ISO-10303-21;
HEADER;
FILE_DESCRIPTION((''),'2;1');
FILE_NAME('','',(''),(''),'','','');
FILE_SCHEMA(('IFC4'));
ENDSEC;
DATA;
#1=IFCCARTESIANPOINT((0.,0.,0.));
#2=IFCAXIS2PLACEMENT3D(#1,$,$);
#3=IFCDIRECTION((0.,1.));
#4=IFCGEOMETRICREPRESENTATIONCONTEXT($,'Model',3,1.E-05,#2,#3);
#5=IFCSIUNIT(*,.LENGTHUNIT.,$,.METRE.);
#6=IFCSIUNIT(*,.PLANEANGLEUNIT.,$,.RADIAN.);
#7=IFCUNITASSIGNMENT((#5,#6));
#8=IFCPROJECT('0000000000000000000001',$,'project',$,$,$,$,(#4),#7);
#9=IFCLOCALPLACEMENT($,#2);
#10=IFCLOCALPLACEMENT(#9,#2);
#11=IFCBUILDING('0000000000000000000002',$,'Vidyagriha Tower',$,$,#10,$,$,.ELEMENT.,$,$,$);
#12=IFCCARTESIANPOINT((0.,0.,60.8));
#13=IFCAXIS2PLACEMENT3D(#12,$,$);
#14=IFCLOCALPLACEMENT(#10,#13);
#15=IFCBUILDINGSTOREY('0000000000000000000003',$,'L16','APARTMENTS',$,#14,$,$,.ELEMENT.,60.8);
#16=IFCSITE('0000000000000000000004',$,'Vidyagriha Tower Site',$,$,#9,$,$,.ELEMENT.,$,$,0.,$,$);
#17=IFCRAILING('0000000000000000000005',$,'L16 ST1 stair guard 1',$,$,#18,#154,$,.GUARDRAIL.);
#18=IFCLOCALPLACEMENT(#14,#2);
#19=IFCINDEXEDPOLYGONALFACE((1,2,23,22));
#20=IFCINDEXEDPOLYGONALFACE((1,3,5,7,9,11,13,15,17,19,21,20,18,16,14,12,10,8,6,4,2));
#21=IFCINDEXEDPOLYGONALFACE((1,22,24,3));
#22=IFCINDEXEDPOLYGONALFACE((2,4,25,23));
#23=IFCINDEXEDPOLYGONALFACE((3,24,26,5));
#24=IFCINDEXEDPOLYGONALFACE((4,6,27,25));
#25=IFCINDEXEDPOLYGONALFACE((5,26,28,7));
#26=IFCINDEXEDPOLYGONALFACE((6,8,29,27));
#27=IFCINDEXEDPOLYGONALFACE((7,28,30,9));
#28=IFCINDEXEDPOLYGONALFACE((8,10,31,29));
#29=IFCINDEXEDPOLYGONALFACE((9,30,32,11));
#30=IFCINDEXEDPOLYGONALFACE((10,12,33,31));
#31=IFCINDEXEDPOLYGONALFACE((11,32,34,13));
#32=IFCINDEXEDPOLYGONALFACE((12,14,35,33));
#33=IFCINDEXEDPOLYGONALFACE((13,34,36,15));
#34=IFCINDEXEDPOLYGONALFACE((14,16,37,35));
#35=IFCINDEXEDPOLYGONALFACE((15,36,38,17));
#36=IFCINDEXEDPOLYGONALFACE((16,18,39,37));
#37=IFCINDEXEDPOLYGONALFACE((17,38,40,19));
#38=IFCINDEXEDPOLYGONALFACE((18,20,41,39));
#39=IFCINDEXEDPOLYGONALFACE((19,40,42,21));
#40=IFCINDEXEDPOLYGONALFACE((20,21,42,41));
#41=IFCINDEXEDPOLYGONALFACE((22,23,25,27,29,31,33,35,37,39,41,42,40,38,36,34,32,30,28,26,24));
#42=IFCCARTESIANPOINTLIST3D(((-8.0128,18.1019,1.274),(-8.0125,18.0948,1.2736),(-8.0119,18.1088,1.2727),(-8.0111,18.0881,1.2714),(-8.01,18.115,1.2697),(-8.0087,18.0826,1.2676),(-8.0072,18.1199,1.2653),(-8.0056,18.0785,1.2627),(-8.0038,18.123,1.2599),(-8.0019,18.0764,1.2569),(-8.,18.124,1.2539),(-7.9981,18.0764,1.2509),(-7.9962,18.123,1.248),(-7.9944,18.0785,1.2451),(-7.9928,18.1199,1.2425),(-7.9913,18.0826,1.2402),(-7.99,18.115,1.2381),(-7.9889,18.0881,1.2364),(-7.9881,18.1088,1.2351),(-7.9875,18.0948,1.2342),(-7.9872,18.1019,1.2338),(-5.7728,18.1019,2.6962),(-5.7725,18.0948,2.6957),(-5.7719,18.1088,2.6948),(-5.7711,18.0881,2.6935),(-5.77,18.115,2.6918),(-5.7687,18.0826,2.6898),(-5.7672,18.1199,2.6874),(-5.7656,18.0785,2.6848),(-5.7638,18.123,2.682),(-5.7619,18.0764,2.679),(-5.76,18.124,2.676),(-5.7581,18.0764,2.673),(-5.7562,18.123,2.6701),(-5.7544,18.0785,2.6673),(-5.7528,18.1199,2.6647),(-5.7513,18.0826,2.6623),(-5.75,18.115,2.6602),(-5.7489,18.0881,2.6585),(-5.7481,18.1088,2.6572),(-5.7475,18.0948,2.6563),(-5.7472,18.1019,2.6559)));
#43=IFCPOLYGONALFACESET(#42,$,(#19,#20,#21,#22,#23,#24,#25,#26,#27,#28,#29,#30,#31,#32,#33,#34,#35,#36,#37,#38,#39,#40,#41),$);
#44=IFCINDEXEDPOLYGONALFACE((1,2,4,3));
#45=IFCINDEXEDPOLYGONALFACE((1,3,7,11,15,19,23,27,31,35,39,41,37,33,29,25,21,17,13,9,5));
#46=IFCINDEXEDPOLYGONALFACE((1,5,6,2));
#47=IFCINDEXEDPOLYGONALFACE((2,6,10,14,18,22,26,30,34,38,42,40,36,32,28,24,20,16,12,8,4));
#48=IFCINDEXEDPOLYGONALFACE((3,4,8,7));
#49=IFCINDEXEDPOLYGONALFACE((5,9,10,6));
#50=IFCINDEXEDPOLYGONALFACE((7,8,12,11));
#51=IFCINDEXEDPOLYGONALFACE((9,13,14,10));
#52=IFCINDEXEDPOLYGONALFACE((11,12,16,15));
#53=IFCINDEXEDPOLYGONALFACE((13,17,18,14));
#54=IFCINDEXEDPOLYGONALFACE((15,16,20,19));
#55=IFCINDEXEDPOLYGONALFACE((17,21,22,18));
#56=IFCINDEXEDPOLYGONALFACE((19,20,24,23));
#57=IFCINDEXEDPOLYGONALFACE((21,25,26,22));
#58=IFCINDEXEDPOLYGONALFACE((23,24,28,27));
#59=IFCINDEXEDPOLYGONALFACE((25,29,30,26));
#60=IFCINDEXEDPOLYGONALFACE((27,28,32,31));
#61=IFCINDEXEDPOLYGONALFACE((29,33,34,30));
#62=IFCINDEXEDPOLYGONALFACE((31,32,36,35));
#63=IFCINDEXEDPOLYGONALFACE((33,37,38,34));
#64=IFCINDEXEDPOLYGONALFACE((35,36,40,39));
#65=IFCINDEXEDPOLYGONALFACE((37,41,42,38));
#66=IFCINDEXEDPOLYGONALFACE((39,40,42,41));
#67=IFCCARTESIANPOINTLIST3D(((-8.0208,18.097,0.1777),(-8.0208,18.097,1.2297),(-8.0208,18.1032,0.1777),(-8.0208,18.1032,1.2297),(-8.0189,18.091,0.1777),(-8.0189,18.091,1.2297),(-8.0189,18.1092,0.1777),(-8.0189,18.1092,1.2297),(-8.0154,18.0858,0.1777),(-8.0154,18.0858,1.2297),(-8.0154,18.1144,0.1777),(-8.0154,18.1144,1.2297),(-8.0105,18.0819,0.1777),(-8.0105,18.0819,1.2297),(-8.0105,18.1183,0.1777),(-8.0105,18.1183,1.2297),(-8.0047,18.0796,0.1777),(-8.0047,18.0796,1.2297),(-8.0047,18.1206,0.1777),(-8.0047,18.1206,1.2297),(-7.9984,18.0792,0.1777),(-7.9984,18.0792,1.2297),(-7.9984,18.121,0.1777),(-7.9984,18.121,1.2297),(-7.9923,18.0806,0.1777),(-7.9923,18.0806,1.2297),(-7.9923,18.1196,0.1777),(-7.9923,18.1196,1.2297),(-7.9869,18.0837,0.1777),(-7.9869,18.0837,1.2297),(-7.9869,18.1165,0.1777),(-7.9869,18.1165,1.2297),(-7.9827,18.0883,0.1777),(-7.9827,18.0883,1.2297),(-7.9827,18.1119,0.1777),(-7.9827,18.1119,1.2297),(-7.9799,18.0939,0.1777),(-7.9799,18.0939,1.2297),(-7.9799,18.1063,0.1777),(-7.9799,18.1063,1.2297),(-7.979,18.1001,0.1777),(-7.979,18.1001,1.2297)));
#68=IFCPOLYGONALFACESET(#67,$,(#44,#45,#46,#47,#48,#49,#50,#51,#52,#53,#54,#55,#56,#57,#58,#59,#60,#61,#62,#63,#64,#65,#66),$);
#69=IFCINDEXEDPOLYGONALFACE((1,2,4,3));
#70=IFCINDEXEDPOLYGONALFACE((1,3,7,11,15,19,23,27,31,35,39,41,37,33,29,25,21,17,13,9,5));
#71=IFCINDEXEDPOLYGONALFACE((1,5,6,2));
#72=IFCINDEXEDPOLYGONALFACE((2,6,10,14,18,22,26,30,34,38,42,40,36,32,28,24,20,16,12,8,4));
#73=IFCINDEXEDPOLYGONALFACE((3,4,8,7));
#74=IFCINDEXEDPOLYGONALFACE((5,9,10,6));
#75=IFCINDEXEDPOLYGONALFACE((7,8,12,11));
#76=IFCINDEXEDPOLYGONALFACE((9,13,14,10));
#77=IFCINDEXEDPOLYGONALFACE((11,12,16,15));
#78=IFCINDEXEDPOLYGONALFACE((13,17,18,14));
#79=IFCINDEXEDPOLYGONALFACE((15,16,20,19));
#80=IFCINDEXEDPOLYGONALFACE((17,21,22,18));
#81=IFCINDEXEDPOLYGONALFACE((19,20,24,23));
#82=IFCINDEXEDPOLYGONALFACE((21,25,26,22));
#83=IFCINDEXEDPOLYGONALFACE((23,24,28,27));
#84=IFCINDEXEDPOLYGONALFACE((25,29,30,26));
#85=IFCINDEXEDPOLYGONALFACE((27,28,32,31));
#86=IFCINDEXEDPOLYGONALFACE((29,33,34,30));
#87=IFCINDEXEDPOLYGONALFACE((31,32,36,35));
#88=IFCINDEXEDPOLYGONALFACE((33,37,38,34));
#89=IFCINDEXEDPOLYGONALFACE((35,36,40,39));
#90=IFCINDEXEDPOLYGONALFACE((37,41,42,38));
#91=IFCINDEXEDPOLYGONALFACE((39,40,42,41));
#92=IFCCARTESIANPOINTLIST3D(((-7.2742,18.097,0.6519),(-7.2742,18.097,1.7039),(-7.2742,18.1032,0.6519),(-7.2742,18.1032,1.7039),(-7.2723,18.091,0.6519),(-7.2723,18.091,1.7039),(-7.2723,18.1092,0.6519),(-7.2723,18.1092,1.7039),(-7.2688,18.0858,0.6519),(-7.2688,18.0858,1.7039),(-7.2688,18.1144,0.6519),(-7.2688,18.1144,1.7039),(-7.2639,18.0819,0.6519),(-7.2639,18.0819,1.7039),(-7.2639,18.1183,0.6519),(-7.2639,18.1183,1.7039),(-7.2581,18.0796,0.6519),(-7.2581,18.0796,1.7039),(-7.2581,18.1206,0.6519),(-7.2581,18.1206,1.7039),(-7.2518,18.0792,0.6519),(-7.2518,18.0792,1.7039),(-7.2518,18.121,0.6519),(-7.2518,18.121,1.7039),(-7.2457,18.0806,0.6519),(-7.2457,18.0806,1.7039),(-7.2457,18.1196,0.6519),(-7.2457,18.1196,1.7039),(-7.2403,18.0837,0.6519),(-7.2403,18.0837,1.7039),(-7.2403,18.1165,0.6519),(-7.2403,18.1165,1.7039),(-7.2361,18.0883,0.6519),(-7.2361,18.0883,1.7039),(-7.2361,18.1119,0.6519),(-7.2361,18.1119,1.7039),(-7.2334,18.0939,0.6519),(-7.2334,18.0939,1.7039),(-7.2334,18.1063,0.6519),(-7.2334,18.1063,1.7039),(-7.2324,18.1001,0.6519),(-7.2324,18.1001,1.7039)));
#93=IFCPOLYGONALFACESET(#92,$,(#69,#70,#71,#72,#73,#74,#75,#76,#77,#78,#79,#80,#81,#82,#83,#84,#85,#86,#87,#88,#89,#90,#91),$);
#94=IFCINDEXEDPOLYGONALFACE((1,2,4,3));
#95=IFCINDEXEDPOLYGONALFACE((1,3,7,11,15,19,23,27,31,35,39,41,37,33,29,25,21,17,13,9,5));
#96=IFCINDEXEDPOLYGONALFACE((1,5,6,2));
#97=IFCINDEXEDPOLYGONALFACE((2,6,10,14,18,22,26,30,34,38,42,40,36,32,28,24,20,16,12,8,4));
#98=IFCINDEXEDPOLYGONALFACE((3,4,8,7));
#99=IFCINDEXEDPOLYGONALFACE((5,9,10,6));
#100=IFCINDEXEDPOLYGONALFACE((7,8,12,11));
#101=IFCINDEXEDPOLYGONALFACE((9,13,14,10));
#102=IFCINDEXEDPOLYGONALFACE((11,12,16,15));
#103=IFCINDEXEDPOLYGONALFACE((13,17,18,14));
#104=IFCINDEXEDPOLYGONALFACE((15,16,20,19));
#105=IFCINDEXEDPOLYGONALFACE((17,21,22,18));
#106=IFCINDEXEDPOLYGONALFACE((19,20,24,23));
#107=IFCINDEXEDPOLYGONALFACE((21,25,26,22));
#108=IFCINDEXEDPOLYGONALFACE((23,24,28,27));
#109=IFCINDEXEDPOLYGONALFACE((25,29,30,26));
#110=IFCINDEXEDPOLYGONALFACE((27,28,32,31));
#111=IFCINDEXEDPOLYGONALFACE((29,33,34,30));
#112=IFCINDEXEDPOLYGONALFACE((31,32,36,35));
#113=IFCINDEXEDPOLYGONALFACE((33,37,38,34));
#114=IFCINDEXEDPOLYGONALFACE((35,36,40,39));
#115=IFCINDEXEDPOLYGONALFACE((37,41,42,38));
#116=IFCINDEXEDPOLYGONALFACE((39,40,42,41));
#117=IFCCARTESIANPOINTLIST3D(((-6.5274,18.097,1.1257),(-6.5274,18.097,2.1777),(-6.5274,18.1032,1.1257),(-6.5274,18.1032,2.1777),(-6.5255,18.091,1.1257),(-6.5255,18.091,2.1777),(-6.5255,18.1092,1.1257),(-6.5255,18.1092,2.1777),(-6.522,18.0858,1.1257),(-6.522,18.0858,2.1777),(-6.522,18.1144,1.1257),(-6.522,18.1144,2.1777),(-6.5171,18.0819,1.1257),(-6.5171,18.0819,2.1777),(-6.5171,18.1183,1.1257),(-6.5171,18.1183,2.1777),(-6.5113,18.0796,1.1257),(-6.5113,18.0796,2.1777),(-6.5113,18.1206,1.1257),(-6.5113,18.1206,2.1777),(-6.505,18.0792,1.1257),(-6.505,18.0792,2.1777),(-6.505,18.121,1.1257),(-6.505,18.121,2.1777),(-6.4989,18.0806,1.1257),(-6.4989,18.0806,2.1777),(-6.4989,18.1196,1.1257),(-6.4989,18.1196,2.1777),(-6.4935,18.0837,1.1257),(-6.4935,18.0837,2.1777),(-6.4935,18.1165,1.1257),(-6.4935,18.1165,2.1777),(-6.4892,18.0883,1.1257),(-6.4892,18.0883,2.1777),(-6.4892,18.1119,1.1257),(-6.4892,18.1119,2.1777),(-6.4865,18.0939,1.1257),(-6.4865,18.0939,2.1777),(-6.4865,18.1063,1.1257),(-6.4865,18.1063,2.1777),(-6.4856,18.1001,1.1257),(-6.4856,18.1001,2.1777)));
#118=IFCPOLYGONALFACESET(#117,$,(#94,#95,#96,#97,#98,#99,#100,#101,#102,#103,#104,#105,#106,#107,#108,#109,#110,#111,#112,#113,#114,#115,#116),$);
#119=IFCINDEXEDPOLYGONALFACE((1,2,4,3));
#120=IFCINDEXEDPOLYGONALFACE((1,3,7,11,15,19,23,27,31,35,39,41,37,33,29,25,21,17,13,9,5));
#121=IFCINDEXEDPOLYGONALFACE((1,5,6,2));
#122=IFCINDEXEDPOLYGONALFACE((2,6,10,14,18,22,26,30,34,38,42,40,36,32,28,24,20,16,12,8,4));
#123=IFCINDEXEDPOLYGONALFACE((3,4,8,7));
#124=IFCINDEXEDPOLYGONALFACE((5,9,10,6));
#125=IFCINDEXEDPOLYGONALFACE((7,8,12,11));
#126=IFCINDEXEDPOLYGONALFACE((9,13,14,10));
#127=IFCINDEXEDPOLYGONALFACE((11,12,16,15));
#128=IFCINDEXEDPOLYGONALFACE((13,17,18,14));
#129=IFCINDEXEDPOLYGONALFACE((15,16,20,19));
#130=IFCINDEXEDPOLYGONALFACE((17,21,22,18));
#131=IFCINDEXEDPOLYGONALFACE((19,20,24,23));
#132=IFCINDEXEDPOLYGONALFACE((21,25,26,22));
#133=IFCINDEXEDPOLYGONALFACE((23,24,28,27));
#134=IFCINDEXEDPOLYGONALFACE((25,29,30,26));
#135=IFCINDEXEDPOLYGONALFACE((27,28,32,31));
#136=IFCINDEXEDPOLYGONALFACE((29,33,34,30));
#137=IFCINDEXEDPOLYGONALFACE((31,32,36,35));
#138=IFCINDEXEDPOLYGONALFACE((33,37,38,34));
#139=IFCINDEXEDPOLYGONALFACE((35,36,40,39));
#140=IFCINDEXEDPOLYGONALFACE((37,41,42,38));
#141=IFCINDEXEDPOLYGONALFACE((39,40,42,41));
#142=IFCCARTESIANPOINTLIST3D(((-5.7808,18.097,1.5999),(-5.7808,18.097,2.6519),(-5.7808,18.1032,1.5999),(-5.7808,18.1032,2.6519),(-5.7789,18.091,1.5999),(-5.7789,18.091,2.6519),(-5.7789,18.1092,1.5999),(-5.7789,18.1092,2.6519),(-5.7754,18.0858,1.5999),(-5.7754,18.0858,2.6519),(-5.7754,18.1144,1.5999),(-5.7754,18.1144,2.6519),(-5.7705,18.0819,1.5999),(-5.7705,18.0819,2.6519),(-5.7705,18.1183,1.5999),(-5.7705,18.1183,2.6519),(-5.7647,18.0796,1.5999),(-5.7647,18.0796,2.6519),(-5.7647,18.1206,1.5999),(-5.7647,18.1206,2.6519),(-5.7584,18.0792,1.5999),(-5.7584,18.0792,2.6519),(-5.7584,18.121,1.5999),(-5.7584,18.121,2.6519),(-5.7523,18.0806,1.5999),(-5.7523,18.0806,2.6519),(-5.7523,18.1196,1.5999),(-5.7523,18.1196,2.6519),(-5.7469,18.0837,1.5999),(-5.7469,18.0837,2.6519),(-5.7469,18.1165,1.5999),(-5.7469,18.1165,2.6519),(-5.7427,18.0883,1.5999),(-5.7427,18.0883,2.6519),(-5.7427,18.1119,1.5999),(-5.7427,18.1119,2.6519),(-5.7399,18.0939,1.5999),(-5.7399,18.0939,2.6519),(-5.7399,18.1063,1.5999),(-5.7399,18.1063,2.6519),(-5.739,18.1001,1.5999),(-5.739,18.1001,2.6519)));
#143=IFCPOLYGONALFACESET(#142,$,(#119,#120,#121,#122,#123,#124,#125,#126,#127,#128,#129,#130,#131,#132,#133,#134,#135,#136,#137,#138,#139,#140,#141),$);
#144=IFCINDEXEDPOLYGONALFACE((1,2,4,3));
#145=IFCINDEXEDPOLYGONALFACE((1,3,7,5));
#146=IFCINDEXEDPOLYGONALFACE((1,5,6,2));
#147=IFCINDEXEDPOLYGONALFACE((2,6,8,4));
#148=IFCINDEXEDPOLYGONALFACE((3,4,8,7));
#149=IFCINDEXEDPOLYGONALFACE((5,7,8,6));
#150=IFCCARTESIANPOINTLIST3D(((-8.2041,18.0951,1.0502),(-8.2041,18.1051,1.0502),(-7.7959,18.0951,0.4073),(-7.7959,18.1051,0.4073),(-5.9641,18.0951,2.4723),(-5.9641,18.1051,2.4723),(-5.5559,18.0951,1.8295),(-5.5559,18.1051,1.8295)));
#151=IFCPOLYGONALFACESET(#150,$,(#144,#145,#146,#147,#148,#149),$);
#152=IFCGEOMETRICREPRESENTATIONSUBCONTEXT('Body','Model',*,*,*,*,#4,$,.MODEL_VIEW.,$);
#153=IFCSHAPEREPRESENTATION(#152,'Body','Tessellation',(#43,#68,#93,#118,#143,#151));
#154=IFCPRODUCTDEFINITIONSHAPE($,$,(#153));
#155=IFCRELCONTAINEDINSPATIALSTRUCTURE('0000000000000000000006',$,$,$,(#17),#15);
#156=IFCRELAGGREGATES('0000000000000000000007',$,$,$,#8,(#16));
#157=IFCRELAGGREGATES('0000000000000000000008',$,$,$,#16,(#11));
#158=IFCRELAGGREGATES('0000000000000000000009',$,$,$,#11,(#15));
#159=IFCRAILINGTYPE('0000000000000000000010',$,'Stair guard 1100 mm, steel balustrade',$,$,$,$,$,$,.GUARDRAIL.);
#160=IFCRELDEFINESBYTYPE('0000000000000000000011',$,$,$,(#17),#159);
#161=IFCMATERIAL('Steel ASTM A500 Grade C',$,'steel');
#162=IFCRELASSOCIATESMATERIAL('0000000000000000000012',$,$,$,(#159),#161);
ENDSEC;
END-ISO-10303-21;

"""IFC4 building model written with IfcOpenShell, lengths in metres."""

from ifc_helpers import new_model, si_unit, direction, frame, origin, origin_2d, place, context, subcontext, project, spatial, rectangle, circle, extrude, material, type_object, element, save


model = new_model("IFC4")

# Units and contexts
model_context = context("Model", 3, precision=1e-05, world=origin(), true_north=direction((0.0, 1.0)))
body_context = subcontext(model_context, "Body", "Model", "MODEL_VIEW")
ifc_project = project(units=[si_unit("LENGTHUNIT", "METRE"), si_unit("PLANEANGLEUNIT", "RADIAN")], contexts=[model_context])

# Site, building, storey
site_placement = place(None, origin())
site = spatial("IfcSite", under=ifc_project, at=site_placement, Name="Vidyagriha Tower Site", CompositionType="ELEMENT", RefElevation=0.0)
building_placement = place(site_placement, origin())
building = spatial("IfcBuilding", under=site, at=building_placement, Name="Vidyagriha Tower", CompositionType="ELEMENT")
storey_placement = place(building_placement, frame((0.0, 0.0, 60.8)))
storey = spatial("IfcBuildingStorey", under=building, at=storey_placement, Name="L16", Description="APARTMENTS", CompositionType="ELEMENT", Elevation=60.8)

# Railing
ifc_material_1 = material(Name="Steel ASTM A500 Grade C", Category="steel")
railing_type_1 = type_object("IfcRailingType", Name="Stair guard 1100 mm, steel balustrade", PredefinedType="GUARDRAIL", material=ifc_material_1)
railing_1_placement = place(storey_placement, frame((-8.0, 18.1001, 0.1777)))
element("IfcRailing", 1, at=railing_1_placement, inside=storey, type_object=railing_type_1, Name="L16 ST1 stair guard 1", PredefinedType="GUARDRAIL", context=body_context, shape_type="SweptSolid", body=[
    extrude(circle(Radius=0.0239, at=origin_2d()), frame((0.0, 0.0, 1.0762), z_axis=(0.844229, 0.0, 0.535982), x_axis=(0.0, 1.0, 0.0)), (0.0, 0.0, 1.0), 2.6533),
    extrude(circle(Radius=0.021, at=origin_2d()), origin(), (0.0, 0.0, 1.0), 1.052),
    extrude(circle(Radius=0.021, at=origin_2d()), frame((0.7466, 0.0, 0.4741)), (0.0, 0.0, 1.0), 1.052),
    extrude(circle(Radius=0.021, at=origin_2d()), frame((1.4934, 0.0, 0.948)), (0.0, 0.0, 1.0), 1.052),
    extrude(circle(Radius=0.021, at=origin_2d()), frame((2.24, 0.0, 1.4221)), (0.0, 0.0, 1.0), 1.052),
    extrude(rectangle(XDim=0.01, YDim=0.7615, at=origin_2d()), frame((0.0, 0.0, 0.551), z_axis=(0.844229, 0.0, 0.535982), x_axis=(0.0, 1.0, 0.0)), (0.0, 0.0, 1.0), 2.6533),
])

save(model, "model.ifc")
